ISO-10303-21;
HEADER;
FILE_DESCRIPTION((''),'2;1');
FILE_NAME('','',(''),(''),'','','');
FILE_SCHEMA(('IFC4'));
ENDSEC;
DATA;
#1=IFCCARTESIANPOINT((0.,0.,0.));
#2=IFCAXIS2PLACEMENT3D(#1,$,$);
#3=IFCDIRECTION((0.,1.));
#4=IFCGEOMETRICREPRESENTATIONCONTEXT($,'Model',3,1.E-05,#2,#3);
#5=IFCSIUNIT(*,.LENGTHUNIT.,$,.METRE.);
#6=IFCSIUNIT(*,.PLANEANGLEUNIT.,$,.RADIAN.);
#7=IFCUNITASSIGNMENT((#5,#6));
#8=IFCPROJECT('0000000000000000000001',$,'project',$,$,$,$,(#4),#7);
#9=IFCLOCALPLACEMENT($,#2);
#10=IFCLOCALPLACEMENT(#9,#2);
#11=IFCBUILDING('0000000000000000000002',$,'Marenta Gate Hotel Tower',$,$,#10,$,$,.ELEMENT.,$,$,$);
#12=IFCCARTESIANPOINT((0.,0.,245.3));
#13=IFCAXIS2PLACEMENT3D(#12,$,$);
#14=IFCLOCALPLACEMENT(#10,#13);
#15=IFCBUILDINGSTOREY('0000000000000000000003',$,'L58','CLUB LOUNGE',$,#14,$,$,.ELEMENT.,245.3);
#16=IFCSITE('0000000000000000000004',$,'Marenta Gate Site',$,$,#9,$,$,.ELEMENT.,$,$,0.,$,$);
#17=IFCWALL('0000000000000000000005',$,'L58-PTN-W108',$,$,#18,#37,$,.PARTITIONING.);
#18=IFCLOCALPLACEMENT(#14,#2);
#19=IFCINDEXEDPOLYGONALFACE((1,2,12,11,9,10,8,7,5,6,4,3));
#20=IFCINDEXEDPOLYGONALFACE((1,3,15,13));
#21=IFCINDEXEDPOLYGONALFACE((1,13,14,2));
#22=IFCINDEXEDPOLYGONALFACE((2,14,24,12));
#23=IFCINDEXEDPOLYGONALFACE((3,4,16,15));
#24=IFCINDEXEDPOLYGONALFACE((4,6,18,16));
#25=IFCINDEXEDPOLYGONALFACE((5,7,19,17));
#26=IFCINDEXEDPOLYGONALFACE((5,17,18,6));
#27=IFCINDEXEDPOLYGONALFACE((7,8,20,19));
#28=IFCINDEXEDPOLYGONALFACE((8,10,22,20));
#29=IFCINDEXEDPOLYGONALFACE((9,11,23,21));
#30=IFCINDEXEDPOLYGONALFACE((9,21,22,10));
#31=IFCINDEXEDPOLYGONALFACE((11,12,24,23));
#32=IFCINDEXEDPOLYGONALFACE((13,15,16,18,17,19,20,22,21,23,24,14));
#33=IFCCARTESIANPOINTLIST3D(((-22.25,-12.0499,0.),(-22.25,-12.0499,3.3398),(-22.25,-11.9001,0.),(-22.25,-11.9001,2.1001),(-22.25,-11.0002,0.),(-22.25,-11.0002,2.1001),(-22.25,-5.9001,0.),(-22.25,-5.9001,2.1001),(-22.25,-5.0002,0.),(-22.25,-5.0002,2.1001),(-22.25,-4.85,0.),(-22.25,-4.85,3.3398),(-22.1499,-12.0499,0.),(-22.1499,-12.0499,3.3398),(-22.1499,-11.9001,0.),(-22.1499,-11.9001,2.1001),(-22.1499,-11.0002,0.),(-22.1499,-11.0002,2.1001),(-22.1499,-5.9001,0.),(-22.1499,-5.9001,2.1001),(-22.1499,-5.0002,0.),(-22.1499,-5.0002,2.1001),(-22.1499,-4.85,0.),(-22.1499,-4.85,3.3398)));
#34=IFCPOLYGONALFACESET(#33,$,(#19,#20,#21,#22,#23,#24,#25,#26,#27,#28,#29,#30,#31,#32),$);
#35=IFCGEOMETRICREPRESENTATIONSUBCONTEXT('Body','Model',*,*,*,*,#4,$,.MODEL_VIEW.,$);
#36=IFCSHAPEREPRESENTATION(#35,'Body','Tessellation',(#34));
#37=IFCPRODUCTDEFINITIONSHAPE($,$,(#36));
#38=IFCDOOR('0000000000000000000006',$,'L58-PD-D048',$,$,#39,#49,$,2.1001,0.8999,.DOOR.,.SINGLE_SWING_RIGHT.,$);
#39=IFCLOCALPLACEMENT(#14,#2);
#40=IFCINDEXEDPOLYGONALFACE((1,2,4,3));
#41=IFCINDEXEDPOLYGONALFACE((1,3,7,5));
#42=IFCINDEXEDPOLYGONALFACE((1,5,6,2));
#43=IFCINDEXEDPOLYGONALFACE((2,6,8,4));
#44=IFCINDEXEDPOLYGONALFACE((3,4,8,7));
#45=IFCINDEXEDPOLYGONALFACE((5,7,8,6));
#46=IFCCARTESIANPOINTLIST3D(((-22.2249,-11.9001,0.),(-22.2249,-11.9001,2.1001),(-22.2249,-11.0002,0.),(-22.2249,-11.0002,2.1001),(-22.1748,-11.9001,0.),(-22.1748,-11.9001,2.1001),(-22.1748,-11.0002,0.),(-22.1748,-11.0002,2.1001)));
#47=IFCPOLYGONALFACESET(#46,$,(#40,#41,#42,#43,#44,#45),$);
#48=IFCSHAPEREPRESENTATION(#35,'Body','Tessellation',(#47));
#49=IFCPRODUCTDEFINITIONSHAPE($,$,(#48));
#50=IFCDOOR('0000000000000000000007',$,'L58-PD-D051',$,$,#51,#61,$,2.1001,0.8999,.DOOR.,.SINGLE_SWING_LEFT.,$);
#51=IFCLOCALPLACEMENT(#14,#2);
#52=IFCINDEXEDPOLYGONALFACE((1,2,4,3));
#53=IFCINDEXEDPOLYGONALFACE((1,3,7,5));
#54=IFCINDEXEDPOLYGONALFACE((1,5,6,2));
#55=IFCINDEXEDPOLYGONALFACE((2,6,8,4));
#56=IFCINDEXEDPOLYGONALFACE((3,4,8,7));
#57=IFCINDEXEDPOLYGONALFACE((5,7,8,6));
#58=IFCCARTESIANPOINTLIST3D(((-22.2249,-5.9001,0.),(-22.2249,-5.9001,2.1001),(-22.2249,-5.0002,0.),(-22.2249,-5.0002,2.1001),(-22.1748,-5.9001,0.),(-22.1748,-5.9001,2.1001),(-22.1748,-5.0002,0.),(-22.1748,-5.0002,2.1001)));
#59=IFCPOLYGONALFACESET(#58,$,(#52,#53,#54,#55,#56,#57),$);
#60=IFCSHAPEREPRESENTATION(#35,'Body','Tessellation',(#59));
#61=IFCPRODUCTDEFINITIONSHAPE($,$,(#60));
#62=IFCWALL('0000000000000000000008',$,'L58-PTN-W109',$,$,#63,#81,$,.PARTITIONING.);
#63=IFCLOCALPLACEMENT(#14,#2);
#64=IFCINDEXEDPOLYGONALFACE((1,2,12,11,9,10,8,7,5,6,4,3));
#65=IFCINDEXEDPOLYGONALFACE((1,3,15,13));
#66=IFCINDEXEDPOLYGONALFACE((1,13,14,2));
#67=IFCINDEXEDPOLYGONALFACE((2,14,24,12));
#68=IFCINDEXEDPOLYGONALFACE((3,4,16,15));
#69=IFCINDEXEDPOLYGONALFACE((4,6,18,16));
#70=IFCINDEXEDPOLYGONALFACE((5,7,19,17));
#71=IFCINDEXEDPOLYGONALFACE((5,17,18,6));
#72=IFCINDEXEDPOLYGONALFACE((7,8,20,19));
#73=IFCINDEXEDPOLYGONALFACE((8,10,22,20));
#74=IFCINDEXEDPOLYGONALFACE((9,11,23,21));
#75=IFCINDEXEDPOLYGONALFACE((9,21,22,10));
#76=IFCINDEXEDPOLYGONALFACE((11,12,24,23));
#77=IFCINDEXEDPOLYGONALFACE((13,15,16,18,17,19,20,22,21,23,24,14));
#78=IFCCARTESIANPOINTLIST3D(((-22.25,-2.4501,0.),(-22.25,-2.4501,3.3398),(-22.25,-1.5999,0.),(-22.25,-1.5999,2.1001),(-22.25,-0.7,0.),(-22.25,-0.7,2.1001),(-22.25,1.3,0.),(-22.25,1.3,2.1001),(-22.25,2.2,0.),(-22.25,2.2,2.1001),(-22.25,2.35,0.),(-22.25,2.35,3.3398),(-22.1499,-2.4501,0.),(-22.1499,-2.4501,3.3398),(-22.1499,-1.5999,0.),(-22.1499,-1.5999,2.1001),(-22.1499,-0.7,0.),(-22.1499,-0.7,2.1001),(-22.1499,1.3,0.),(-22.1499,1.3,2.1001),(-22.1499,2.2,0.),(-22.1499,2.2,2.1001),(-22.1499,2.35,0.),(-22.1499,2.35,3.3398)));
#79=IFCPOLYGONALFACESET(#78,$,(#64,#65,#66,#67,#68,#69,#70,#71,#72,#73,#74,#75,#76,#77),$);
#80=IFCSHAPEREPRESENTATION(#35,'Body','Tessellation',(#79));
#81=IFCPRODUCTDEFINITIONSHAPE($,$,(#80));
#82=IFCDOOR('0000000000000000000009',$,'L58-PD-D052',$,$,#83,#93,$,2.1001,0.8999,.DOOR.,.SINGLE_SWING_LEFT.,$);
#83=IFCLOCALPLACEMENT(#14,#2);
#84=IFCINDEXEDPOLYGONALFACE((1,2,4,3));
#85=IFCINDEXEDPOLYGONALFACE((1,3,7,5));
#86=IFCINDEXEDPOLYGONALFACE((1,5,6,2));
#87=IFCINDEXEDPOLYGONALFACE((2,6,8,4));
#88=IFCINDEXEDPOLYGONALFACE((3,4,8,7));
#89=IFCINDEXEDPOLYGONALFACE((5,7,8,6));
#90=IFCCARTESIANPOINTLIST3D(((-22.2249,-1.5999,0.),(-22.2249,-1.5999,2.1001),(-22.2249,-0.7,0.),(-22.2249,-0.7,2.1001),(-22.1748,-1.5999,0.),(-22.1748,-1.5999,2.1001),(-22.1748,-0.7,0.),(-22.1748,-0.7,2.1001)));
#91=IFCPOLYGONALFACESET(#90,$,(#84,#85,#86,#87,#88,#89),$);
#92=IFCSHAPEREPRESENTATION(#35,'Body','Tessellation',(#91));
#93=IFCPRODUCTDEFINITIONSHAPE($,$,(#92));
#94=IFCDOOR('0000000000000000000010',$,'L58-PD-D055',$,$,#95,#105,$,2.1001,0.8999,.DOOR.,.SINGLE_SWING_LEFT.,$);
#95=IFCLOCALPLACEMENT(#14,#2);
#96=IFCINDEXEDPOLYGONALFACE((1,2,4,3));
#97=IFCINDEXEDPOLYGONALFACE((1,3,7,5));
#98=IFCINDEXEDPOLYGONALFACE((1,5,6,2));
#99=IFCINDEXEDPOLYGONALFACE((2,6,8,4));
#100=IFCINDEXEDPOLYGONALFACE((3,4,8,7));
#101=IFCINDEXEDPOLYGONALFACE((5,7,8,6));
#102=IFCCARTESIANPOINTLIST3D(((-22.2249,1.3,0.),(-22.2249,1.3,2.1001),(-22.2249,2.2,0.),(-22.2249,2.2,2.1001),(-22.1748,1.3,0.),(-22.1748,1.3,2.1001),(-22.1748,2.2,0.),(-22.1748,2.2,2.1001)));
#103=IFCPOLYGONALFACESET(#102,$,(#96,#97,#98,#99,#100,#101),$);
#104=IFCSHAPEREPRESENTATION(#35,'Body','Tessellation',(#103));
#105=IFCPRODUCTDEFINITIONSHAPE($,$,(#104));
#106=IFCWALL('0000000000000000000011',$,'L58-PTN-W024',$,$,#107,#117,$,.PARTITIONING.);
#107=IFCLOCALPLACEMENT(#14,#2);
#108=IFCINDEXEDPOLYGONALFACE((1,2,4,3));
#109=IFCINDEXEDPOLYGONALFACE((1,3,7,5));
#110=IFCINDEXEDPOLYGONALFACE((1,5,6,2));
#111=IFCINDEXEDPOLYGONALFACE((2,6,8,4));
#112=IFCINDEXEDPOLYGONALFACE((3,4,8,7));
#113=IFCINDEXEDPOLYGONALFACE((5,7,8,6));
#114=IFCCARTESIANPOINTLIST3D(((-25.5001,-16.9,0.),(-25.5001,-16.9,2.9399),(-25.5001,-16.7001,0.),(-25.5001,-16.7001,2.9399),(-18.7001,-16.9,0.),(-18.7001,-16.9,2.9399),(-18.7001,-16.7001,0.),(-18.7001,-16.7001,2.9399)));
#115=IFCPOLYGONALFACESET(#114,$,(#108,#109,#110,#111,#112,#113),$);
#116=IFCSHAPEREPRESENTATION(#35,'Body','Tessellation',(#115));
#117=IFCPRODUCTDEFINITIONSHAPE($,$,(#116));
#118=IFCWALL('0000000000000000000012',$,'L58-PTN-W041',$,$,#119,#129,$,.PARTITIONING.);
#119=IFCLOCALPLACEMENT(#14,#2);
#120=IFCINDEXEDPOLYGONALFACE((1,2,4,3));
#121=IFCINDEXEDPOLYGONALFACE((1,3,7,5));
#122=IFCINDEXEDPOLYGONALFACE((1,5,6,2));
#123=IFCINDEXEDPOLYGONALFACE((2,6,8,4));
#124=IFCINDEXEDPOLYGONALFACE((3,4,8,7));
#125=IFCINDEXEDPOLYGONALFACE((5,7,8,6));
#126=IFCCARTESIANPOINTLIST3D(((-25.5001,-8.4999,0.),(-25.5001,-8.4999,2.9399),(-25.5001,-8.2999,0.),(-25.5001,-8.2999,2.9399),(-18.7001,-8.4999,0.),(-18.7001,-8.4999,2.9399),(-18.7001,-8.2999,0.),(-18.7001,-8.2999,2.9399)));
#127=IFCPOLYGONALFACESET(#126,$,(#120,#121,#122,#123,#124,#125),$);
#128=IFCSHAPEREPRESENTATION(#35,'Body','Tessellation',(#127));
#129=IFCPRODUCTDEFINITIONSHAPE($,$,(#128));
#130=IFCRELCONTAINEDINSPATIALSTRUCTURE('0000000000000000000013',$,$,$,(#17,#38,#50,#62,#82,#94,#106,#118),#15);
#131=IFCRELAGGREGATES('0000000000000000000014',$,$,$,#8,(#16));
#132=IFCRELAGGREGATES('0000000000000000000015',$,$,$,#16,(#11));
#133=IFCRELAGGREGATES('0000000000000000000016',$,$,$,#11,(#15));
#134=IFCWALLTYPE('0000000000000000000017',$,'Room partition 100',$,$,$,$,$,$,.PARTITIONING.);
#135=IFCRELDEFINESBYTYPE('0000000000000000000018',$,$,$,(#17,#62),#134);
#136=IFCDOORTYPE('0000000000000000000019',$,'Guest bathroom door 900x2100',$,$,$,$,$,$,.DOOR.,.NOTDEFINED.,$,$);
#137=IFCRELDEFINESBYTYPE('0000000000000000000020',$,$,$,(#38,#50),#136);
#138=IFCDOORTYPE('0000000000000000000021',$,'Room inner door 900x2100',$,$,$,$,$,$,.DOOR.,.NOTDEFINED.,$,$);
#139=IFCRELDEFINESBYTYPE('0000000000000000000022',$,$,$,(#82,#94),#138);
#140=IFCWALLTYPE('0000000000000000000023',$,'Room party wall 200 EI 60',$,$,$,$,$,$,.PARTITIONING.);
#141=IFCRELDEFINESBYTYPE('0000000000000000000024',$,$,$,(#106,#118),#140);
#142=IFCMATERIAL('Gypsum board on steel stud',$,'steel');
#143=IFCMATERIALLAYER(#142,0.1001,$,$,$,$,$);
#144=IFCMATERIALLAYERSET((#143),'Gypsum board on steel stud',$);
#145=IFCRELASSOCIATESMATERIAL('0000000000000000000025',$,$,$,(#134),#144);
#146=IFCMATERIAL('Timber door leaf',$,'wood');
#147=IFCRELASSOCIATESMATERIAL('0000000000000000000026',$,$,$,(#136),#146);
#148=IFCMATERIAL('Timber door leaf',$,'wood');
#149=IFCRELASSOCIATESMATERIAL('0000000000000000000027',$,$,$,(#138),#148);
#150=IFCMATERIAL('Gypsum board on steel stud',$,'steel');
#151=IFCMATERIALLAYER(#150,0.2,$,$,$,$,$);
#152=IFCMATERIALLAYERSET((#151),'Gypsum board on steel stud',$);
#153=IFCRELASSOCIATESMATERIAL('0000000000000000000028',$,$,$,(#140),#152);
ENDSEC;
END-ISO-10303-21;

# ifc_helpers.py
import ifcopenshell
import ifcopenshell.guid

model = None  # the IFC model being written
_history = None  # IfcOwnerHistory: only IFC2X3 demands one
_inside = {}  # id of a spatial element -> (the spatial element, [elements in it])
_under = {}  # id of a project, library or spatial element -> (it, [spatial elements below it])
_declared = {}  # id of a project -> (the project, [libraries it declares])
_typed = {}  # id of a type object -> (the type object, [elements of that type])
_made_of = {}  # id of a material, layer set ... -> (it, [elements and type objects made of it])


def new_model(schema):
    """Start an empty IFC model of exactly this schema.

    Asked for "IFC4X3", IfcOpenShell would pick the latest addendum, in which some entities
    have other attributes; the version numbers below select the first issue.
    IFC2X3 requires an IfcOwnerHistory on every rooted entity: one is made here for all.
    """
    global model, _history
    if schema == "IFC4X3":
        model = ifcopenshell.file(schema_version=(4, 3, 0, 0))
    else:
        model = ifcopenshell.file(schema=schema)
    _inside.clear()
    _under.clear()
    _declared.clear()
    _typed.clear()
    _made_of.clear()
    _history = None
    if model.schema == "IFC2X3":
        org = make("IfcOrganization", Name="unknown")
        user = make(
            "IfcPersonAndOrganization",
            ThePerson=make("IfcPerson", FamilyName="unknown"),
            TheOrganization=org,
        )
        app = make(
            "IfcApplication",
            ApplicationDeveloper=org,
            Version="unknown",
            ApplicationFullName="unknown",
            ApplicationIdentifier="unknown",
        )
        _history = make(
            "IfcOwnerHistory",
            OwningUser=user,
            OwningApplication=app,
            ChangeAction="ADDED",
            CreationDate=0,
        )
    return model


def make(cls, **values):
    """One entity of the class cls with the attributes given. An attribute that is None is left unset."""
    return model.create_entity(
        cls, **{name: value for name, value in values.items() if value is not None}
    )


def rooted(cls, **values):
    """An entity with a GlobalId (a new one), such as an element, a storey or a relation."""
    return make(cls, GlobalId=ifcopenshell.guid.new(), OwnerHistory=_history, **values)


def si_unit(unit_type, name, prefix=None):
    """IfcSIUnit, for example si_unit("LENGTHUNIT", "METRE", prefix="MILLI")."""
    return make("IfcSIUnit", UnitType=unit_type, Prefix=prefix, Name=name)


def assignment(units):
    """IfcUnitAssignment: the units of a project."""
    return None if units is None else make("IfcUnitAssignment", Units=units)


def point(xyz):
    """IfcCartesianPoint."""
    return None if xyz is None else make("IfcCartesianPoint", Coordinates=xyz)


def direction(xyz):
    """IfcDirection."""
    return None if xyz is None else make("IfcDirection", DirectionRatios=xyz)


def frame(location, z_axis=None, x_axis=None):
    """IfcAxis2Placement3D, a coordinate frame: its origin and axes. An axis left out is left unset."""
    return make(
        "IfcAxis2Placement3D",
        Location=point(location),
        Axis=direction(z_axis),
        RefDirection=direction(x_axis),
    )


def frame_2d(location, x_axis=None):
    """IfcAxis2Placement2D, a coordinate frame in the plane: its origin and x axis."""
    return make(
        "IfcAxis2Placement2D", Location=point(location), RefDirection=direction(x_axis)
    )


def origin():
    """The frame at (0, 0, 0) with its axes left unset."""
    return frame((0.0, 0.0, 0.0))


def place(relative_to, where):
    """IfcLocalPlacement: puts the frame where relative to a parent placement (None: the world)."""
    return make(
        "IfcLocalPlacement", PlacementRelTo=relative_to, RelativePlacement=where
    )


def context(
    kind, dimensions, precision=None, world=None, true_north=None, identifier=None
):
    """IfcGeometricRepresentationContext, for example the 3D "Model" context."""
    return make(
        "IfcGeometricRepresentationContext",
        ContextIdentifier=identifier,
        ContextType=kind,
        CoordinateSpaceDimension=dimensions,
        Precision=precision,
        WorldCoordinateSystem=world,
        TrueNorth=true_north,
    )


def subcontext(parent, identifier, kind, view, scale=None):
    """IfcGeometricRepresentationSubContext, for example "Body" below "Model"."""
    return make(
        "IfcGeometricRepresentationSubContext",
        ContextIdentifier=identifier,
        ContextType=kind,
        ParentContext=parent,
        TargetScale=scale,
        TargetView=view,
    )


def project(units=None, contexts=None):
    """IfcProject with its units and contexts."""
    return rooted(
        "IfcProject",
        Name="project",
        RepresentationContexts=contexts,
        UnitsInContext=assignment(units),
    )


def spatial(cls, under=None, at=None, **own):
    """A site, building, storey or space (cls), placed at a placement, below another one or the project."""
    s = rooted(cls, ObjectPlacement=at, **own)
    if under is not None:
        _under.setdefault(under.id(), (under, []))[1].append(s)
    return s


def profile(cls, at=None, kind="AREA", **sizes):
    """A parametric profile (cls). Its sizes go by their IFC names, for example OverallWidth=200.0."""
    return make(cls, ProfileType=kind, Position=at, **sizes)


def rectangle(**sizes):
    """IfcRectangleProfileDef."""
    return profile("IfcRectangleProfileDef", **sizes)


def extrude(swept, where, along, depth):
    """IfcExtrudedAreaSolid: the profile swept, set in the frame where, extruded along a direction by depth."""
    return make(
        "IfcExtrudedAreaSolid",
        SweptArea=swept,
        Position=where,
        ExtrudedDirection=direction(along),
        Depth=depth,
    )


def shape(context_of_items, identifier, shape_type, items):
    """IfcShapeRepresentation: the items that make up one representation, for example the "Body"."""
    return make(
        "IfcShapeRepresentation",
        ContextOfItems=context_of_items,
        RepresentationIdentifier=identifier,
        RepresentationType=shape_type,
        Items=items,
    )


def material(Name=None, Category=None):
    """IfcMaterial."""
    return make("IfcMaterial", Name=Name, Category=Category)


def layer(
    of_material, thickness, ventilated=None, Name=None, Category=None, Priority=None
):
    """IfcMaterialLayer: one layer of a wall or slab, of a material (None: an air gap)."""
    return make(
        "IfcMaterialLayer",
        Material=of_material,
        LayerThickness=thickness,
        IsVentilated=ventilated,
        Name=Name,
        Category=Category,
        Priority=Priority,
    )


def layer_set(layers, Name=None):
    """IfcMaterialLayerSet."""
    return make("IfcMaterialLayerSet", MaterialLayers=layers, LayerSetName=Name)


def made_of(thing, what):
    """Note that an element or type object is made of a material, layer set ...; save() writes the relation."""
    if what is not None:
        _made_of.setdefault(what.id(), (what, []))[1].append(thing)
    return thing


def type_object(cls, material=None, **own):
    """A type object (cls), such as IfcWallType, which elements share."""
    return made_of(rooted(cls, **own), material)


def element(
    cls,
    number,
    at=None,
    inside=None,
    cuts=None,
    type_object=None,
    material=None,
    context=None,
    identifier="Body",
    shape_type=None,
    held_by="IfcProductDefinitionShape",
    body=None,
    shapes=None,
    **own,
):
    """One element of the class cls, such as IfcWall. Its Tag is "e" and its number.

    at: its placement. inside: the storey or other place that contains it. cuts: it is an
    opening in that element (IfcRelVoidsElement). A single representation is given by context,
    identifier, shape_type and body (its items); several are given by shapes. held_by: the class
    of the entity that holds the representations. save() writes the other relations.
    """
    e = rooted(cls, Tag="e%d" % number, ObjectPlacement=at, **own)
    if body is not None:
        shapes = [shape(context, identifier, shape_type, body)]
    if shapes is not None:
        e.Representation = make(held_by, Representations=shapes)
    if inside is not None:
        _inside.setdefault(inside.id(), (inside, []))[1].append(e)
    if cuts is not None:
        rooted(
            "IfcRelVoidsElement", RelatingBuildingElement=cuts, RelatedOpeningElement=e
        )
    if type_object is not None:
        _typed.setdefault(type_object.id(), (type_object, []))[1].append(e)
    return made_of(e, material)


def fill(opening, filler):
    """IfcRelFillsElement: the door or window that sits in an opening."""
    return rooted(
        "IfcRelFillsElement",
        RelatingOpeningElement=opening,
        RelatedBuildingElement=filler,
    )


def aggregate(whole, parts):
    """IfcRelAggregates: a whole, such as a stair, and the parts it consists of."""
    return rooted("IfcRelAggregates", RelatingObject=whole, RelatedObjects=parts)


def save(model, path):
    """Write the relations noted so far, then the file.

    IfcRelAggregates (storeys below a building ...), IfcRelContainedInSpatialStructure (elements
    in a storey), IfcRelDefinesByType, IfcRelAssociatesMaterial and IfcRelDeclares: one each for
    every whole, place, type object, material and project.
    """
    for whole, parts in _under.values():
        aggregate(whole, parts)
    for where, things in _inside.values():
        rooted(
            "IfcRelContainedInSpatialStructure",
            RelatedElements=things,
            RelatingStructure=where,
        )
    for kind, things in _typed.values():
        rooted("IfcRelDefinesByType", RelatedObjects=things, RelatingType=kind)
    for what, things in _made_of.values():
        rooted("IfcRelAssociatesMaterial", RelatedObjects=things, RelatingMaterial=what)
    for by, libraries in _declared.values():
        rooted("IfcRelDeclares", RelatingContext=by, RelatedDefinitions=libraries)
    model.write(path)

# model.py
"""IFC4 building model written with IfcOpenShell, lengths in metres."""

from ifc_helpers import new_model, si_unit, direction, frame, frame_2d, origin, place, context, subcontext, project, spatial, rectangle, extrude, material, layer, layer_set, type_object, element, fill, save


model = new_model("IFC4")

# Units and contexts
model_context = context("Model", 3, precision=1e-05, world=origin(), true_north=direction((0.0, 1.0)))
body_context = subcontext(model_context, "Body", "Model", "MODEL_VIEW")
ifc_project = project(units=[si_unit("LENGTHUNIT", "METRE"), si_unit("PLANEANGLEUNIT", "RADIAN")], contexts=[model_context])

# Site, building, storey
site_placement = place(None, origin())
site = spatial("IfcSite", under=ifc_project, at=site_placement, Name="Marenta Gate Site", CompositionType="ELEMENT", RefElevation=0.0)
building_placement = place(site_placement, origin())
building = spatial("IfcBuilding", under=site, at=building_placement, Name="Marenta Gate Hotel Tower", CompositionType="ELEMENT")
storey_placement = place(building_placement, frame((0.0, 0.0, 245.3)))
storey = spatial("IfcBuildingStorey", under=building, at=storey_placement, Name="L58", Description="CLUB LOUNGE", CompositionType="ELEMENT", Elevation=245.3)

# Shared definitions
ifc_material_1 = material(Name="Gypsum board on steel stud", Category="steel")
ifc_layer_1 = layer(ifc_material_1, 0.1001)
ifc_layer_set_1 = layer_set([ifc_layer_1], Name="Gypsum board on steel stud")
wall_type_1 = type_object("IfcWallType", Name="Room partition 100", PredefinedType="PARTITIONING", material=ifc_layer_set_1)

# Walls, openings, doors
wall_1_placement = place(storey_placement, frame((-22.2, -12.05, 0.0), z_axis=(0.0, 0.0, 1.0), x_axis=(0.0, 1.0, 0.0)))
wall_1 = element("IfcWall", 1, at=wall_1_placement, inside=storey, type_object=wall_type_1, Name="L58-PTN-W108", PredefinedType="PARTITIONING", context=body_context, shape_type="SweptSolid", body=[
    extrude(rectangle(XDim=7.2, YDim=0.1001, at=frame_2d((3.6001, 0.0))), origin(), (0.0, 0.0, 1.0), 3.3398),
])
opening_1_placement = place(wall_1_placement, frame((0.1499, 0.0, 0.0)))
opening_1 = element("IfcOpeningElement", 2, at=opening_1_placement, cuts=wall_1, PredefinedType="OPENING", context=body_context, shape_type="SweptSolid", body=[
    extrude(rectangle(XDim=0.8999, YDim=2.1001, at=frame_2d((0.45, 1.05))), frame((0.0, 0.05, 0.0), z_axis=(0.0, -1.0, 0.0), x_axis=(1.0, 0.0, 0.0)), (0.0, 0.0, 1.0), 0.1001),
])
opening_2_placement = place(wall_1_placement, frame((6.1499, 0.0, 0.0)))
opening_2 = element("IfcOpeningElement", 3, at=opening_2_placement, cuts=wall_1, PredefinedType="OPENING", context=body_context, shape_type="SweptSolid", body=[
    extrude(rectangle(XDim=0.8999, YDim=2.1001, at=frame_2d((0.45, 1.05))), frame((0.0, 0.05, 0.0), z_axis=(0.0, -1.0, 0.0), x_axis=(1.0, 0.0, 0.0)), (0.0, 0.0, 1.0), 0.1001),
])
ifc_material_2 = material(Name="Timber door leaf", Category="wood")
door_type_1 = type_object("IfcDoorType", Name="Guest bathroom door 900x2100", OperationType="NOTDEFINED", PredefinedType="DOOR", material=ifc_material_2)
door_1_placement = place(opening_1_placement, origin())
door_1 = element("IfcDoor", 4, at=door_1_placement, inside=storey, type_object=door_type_1, Name="L58-PD-D048", OperationType="SINGLE_SWING_RIGHT", OverallHeight=2.1001, OverallWidth=0.8999, PredefinedType="DOOR", context=body_context, shape_type="SweptSolid", body=[
    extrude(rectangle(XDim=0.8999, YDim=2.1001, at=frame_2d((0.45, 1.05))), frame((0.0, 0.0249, 0.0), z_axis=(0.0, -1.0, 0.0), x_axis=(1.0, 0.0, 0.0)), (0.0, 0.0, 1.0), 0.05),
])
fill(opening_1, door_1)
door_2_placement = place(opening_2_placement, origin())
door_2 = element("IfcDoor", 5, at=door_2_placement, inside=storey, type_object=door_type_1, Name="L58-PD-D051", OperationType="SINGLE_SWING_LEFT", OverallHeight=2.1001, OverallWidth=0.8999, PredefinedType="DOOR", context=body_context, shape_type="SweptSolid", body=[
    extrude(rectangle(XDim=0.8999, YDim=2.1001, at=frame_2d((0.45, 1.05))), frame((0.0, 0.0249, 0.0), z_axis=(0.0, -1.0, 0.0), x_axis=(1.0, 0.0, 0.0)), (0.0, 0.0, 1.0), 0.05),
])
fill(opening_2, door_2)
wall_2_placement = place(storey_placement, frame((-22.2, -2.45, 0.0), z_axis=(0.0, 0.0, 1.0), x_axis=(0.0, 1.0, 0.0)))
wall_2 = element("IfcWall", 6, at=wall_2_placement, inside=storey, type_object=wall_type_1, Name="L58-PTN-W109", PredefinedType="PARTITIONING", context=body_context, shape_type="SweptSolid", body=[
    extrude(rectangle(XDim=4.8, YDim=0.1001, at=frame_2d((2.3999, 0.0))), origin(), (0.0, 0.0, 1.0), 3.3398),
])
opening_3_placement = place(wall_2_placement, frame((0.8501, 0.0, 0.0)))
opening_3 = element("IfcOpeningElement", 7, at=opening_3_placement, cuts=wall_2, PredefinedType="OPENING", context=body_context, shape_type="SweptSolid", body=[
    extrude(rectangle(XDim=0.8999, YDim=2.1001, at=frame_2d((0.45, 1.05))), frame((0.0, 0.05, 0.0), z_axis=(0.0, -1.0, 0.0), x_axis=(1.0, 0.0, 0.0)), (0.0, 0.0, 1.0), 0.1001),
])
opening_4_placement = place(wall_2_placement, frame((3.75, 0.0, 0.0)))
opening_4 = element("IfcOpeningElement", 8, at=opening_4_placement, cuts=wall_2, PredefinedType="OPENING", context=body_context, shape_type="SweptSolid", body=[
    extrude(rectangle(XDim=0.8999, YDim=2.1001, at=frame_2d((0.45, 1.05))), frame((0.0, 0.05, 0.0), z_axis=(0.0, -1.0, 0.0), x_axis=(1.0, 0.0, 0.0)), (0.0, 0.0, 1.0), 0.1001),
])
ifc_material_3 = material(Name="Timber door leaf", Category="wood")
door_type_2 = type_object("IfcDoorType", Name="Room inner door 900x2100", OperationType="NOTDEFINED", PredefinedType="DOOR", material=ifc_material_3)
door_3_placement = place(opening_3_placement, origin())
door_3 = element("IfcDoor", 9, at=door_3_placement, inside=storey, type_object=door_type_2, Name="L58-PD-D052", OperationType="SINGLE_SWING_LEFT", OverallHeight=2.1001, OverallWidth=0.8999, PredefinedType="DOOR", context=body_context, shape_type="SweptSolid", body=[
    extrude(rectangle(XDim=0.8999, YDim=2.1001, at=frame_2d((0.45, 1.05))), frame((0.0, 0.0249, 0.0), z_axis=(0.0, -1.0, 0.0), x_axis=(1.0, 0.0, 0.0)), (0.0, 0.0, 1.0), 0.05),
])
fill(opening_3, door_3)
door_4_placement = place(opening_4_placement, origin())
door_4 = element("IfcDoor", 10, at=door_4_placement, inside=storey, type_object=door_type_2, Name="L58-PD-D055", OperationType="SINGLE_SWING_LEFT", OverallHeight=2.1001, OverallWidth=0.8999, PredefinedType="DOOR", context=body_context, shape_type="SweptSolid", body=[
    extrude(rectangle(XDim=0.8999, YDim=2.1001, at=frame_2d((0.45, 1.05))), frame((0.0, 0.0249, 0.0), z_axis=(0.0, -1.0, 0.0), x_axis=(1.0, 0.0, 0.0)), (0.0, 0.0, 1.0), 0.05),
])
fill(opening_4, door_4)

# Walls
ifc_material_4 = material(Name="Gypsum board on steel stud", Category="steel")
ifc_layer_2 = layer(ifc_material_4, 0.2)
ifc_layer_set_2 = layer_set([ifc_layer_2], Name="Gypsum board on steel stud")
wall_type_2 = type_object("IfcWallType", Name="Room party wall 200 EI 60", PredefinedType="PARTITIONING", material=ifc_layer_set_2)
for number, where, z_axis, x_axis, name in (
    (11, (-25.5, -16.8, 0.0), (0.0, 0.0, 1.0), (1.0, 0.0, 0.0), "L58-PTN-W024"),
    (12, (-25.5, -8.3999, 0.0), (0.0, 0.0, 1.0), (1.0, 0.0, 0.0), "L58-PTN-W041"),
):
    element("IfcWall", number, at=place(storey_placement, frame(where, z_axis=z_axis, x_axis=x_axis)), inside=storey, type_object=wall_type_2, Name=name, PredefinedType="PARTITIONING", context=body_context, shape_type="SweptSolid", body=[
        extrude(rectangle(XDim=6.8, YDim=0.2, at=frame_2d((3.3999, 0.0))), origin(), (0.0, 0.0, 1.0), 2.9399),
    ])

save(model, "model.ifc")
